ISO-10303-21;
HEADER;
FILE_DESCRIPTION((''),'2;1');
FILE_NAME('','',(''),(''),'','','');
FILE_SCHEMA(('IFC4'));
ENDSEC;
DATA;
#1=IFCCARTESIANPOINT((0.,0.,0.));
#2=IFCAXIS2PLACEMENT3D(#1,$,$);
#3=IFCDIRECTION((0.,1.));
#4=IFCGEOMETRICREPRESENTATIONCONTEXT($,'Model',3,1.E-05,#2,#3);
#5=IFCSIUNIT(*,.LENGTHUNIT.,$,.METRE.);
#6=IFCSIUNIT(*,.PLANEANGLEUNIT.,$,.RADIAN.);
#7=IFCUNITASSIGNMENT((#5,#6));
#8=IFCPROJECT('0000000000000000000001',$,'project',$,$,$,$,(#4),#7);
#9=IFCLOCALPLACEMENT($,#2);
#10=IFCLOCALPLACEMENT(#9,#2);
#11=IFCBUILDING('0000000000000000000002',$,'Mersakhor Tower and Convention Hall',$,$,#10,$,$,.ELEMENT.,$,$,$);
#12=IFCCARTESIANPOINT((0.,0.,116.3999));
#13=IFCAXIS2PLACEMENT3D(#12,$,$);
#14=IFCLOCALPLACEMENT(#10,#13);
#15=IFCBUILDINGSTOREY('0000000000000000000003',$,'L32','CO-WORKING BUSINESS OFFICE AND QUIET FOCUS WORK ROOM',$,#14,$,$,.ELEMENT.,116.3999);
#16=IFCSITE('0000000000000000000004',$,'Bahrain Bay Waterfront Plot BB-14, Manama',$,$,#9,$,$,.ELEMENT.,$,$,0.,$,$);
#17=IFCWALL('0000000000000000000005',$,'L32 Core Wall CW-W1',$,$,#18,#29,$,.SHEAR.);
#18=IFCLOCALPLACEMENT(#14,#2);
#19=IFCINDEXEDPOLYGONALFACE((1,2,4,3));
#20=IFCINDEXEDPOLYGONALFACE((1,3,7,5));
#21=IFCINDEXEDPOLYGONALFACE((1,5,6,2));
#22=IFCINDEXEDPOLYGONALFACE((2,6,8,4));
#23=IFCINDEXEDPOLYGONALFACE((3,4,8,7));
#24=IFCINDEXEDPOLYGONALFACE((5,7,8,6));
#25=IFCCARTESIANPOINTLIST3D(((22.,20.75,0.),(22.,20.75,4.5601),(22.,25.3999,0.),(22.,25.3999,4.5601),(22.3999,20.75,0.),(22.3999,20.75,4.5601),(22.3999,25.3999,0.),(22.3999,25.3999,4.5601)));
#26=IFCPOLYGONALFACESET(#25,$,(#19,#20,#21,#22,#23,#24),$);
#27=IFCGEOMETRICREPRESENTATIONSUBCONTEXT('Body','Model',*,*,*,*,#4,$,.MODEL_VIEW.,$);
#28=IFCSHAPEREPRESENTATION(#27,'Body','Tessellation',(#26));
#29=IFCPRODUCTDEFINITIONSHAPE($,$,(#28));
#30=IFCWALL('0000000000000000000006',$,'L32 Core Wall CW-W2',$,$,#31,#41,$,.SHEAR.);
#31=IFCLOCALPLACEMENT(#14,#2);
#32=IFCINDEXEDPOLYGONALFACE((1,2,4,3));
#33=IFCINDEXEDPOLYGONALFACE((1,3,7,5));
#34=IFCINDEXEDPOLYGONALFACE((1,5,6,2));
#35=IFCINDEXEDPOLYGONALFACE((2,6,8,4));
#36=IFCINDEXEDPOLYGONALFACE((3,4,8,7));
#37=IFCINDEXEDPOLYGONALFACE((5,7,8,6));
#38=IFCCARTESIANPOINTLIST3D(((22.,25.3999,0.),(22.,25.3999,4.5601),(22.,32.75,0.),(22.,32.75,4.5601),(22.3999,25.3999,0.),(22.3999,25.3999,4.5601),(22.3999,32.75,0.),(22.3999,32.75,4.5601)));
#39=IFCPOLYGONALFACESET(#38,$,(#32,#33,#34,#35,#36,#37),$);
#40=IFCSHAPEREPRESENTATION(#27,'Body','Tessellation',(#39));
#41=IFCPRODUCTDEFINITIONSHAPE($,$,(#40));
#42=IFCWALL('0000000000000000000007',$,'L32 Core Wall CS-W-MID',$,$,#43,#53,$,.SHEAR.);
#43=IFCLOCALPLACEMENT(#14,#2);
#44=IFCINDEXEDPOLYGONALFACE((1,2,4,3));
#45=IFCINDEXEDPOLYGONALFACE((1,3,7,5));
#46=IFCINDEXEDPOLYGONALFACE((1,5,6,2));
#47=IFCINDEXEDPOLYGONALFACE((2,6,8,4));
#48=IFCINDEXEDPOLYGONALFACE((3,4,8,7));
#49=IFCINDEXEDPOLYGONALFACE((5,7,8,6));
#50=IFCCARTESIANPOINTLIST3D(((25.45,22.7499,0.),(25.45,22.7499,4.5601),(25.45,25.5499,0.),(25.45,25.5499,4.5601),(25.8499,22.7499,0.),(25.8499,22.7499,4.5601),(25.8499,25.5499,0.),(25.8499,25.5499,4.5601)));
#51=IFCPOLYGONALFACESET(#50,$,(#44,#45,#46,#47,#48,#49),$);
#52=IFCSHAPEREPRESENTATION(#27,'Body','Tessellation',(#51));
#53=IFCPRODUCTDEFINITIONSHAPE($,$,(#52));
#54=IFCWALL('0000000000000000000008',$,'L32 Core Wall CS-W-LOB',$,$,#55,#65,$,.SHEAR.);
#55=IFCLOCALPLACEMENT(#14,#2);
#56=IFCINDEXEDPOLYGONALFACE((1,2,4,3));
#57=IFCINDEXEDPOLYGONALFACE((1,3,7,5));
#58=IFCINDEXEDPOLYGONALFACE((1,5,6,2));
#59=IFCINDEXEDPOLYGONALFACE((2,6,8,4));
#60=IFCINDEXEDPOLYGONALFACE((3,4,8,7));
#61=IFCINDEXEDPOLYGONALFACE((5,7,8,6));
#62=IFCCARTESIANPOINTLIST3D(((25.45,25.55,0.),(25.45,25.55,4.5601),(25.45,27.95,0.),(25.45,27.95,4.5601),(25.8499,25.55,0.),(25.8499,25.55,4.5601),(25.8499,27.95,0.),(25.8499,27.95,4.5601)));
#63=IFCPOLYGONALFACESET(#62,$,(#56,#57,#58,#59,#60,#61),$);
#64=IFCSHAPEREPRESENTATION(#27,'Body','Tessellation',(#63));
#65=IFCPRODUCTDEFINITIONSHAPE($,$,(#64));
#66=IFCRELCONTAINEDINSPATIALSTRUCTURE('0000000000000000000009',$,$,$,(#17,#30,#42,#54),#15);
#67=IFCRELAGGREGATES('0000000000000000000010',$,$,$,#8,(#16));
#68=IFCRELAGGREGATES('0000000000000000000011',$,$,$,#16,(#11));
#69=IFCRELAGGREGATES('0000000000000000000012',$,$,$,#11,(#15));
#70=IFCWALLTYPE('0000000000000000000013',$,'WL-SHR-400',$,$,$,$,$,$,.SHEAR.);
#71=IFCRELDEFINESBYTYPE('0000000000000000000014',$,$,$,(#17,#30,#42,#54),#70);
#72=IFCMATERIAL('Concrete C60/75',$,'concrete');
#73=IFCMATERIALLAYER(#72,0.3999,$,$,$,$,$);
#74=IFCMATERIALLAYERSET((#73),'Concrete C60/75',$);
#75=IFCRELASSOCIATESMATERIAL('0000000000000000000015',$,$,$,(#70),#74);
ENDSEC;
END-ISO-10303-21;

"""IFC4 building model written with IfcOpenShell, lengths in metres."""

from ifc_helpers import new_model, si_unit, direction, frame, frame_2d, origin, place, context, subcontext, project, spatial, rectangle, extrude, material, layer, layer_set, type_object, element, save


model = new_model("IFC4")

# Units and contexts
model_context = context("Model", 3, precision=1e-05, world=origin(), true_north=direction((0.0, 1.0)))
body_context = subcontext(model_context, "Body", "Model", "MODEL_VIEW")
ifc_project = project(units=[si_unit("LENGTHUNIT", "METRE"), si_unit("PLANEANGLEUNIT", "RADIAN")], contexts=[model_context])

# Site, building, storey
site_placement = place(None, origin())
site = spatial("IfcSite", under=ifc_project, at=site_placement, Name="Bahrain Bay Waterfront Plot BB-14, Manama", CompositionType="ELEMENT", RefElevation=0.0)
building_placement = place(site_placement, origin())
building = spatial("IfcBuilding", under=site, at=building_placement, Name="Mersakhor Tower and Convention Hall", CompositionType="ELEMENT")
storey_placement = place(building_placement, frame((0.0, 0.0, 116.3999)))
storey = spatial("IfcBuildingStorey", under=building, at=storey_placement, Name="L32", Description="CO-WORKING BUSINESS OFFICE AND QUIET FOCUS WORK ROOM", CompositionType="ELEMENT", Elevation=116.3999)

# Walls
ifc_material_1 = material(Name="Concrete C60/75", Category="concrete")
ifc_layer_1 = layer(ifc_material_1, 0.3999)
ifc_layer_set_1 = layer_set([ifc_layer_1], Name="Concrete C60/75")
wall_type_1 = type_object("IfcWallType", Name="WL-SHR-400", PredefinedType="SHEAR", material=ifc_layer_set_1)
wall_1_placement = place(storey_placement, frame((22.2, 20.75, 0.0), z_axis=(0.0, 0.0, 1.0), x_axis=(0.0, 1.0, 0.0)))
element("IfcWall", 1, at=wall_1_placement, inside=storey, type_object=wall_type_1, Name="L32 Core Wall CW-W1", PredefinedType="SHEAR", context=body_context, shape_type="SweptSolid", body=[
    extrude(rectangle(XDim=4.6499, YDim=0.3999, at=frame_2d((2.325, 0.0))), origin(), (0.0, 0.0, 1.0), 4.5601),
])
wall_2_placement = place(storey_placement, frame((22.2, 25.3999, 0.0), z_axis=(0.0, 0.0, 1.0), x_axis=(0.0, 1.0, 0.0)))
element("IfcWall", 2, at=wall_2_placement, inside=storey, type_object=wall_type_1, Name="L32 Core Wall CW-W2", PredefinedType="SHEAR", context=body_context, shape_type="SweptSolid", body=[
    extrude(rectangle(XDim=7.3501, YDim=0.3999, at=frame_2d((3.675, 0.0))), origin(), (0.0, 0.0, 1.0), 4.5601),
])

# Walls
wall_3_placement = place(storey_placement, frame((25.6499, 22.75, 0.0), z_axis=(0.0, 0.0, 1.0), x_axis=(0.0, 1.0, 0.0)))
element("IfcWall", 3, at=wall_3_placement, inside=storey, type_object=wall_type_1, Name="L32 Core Wall CS-W-MID", PredefinedType="SHEAR", context=body_context, shape_type="SweptSolid", body=[
    extrude(rectangle(XDim=2.8, YDim=0.3999, at=frame_2d((1.3999, 0.0))), origin(), (0.0, 0.0, 1.0), 4.5601),
])
wall_4_placement = place(storey_placement, frame((25.6499, 25.55, 0.0), z_axis=(0.0, 0.0, 1.0), x_axis=(0.0, 1.0, 0.0)))
element("IfcWall", 4, at=wall_4_placement, inside=storey, type_object=wall_type_1, Name="L32 Core Wall CS-W-LOB", PredefinedType="SHEAR", context=body_context, shape_type="SweptSolid", body=[
    extrude(rectangle(XDim=2.3999, YDim=0.3999, at=frame_2d((1.2, 0.0))), origin(), (0.0, 0.0, 1.0), 4.5601),
])

save(model, "model.ifc")
